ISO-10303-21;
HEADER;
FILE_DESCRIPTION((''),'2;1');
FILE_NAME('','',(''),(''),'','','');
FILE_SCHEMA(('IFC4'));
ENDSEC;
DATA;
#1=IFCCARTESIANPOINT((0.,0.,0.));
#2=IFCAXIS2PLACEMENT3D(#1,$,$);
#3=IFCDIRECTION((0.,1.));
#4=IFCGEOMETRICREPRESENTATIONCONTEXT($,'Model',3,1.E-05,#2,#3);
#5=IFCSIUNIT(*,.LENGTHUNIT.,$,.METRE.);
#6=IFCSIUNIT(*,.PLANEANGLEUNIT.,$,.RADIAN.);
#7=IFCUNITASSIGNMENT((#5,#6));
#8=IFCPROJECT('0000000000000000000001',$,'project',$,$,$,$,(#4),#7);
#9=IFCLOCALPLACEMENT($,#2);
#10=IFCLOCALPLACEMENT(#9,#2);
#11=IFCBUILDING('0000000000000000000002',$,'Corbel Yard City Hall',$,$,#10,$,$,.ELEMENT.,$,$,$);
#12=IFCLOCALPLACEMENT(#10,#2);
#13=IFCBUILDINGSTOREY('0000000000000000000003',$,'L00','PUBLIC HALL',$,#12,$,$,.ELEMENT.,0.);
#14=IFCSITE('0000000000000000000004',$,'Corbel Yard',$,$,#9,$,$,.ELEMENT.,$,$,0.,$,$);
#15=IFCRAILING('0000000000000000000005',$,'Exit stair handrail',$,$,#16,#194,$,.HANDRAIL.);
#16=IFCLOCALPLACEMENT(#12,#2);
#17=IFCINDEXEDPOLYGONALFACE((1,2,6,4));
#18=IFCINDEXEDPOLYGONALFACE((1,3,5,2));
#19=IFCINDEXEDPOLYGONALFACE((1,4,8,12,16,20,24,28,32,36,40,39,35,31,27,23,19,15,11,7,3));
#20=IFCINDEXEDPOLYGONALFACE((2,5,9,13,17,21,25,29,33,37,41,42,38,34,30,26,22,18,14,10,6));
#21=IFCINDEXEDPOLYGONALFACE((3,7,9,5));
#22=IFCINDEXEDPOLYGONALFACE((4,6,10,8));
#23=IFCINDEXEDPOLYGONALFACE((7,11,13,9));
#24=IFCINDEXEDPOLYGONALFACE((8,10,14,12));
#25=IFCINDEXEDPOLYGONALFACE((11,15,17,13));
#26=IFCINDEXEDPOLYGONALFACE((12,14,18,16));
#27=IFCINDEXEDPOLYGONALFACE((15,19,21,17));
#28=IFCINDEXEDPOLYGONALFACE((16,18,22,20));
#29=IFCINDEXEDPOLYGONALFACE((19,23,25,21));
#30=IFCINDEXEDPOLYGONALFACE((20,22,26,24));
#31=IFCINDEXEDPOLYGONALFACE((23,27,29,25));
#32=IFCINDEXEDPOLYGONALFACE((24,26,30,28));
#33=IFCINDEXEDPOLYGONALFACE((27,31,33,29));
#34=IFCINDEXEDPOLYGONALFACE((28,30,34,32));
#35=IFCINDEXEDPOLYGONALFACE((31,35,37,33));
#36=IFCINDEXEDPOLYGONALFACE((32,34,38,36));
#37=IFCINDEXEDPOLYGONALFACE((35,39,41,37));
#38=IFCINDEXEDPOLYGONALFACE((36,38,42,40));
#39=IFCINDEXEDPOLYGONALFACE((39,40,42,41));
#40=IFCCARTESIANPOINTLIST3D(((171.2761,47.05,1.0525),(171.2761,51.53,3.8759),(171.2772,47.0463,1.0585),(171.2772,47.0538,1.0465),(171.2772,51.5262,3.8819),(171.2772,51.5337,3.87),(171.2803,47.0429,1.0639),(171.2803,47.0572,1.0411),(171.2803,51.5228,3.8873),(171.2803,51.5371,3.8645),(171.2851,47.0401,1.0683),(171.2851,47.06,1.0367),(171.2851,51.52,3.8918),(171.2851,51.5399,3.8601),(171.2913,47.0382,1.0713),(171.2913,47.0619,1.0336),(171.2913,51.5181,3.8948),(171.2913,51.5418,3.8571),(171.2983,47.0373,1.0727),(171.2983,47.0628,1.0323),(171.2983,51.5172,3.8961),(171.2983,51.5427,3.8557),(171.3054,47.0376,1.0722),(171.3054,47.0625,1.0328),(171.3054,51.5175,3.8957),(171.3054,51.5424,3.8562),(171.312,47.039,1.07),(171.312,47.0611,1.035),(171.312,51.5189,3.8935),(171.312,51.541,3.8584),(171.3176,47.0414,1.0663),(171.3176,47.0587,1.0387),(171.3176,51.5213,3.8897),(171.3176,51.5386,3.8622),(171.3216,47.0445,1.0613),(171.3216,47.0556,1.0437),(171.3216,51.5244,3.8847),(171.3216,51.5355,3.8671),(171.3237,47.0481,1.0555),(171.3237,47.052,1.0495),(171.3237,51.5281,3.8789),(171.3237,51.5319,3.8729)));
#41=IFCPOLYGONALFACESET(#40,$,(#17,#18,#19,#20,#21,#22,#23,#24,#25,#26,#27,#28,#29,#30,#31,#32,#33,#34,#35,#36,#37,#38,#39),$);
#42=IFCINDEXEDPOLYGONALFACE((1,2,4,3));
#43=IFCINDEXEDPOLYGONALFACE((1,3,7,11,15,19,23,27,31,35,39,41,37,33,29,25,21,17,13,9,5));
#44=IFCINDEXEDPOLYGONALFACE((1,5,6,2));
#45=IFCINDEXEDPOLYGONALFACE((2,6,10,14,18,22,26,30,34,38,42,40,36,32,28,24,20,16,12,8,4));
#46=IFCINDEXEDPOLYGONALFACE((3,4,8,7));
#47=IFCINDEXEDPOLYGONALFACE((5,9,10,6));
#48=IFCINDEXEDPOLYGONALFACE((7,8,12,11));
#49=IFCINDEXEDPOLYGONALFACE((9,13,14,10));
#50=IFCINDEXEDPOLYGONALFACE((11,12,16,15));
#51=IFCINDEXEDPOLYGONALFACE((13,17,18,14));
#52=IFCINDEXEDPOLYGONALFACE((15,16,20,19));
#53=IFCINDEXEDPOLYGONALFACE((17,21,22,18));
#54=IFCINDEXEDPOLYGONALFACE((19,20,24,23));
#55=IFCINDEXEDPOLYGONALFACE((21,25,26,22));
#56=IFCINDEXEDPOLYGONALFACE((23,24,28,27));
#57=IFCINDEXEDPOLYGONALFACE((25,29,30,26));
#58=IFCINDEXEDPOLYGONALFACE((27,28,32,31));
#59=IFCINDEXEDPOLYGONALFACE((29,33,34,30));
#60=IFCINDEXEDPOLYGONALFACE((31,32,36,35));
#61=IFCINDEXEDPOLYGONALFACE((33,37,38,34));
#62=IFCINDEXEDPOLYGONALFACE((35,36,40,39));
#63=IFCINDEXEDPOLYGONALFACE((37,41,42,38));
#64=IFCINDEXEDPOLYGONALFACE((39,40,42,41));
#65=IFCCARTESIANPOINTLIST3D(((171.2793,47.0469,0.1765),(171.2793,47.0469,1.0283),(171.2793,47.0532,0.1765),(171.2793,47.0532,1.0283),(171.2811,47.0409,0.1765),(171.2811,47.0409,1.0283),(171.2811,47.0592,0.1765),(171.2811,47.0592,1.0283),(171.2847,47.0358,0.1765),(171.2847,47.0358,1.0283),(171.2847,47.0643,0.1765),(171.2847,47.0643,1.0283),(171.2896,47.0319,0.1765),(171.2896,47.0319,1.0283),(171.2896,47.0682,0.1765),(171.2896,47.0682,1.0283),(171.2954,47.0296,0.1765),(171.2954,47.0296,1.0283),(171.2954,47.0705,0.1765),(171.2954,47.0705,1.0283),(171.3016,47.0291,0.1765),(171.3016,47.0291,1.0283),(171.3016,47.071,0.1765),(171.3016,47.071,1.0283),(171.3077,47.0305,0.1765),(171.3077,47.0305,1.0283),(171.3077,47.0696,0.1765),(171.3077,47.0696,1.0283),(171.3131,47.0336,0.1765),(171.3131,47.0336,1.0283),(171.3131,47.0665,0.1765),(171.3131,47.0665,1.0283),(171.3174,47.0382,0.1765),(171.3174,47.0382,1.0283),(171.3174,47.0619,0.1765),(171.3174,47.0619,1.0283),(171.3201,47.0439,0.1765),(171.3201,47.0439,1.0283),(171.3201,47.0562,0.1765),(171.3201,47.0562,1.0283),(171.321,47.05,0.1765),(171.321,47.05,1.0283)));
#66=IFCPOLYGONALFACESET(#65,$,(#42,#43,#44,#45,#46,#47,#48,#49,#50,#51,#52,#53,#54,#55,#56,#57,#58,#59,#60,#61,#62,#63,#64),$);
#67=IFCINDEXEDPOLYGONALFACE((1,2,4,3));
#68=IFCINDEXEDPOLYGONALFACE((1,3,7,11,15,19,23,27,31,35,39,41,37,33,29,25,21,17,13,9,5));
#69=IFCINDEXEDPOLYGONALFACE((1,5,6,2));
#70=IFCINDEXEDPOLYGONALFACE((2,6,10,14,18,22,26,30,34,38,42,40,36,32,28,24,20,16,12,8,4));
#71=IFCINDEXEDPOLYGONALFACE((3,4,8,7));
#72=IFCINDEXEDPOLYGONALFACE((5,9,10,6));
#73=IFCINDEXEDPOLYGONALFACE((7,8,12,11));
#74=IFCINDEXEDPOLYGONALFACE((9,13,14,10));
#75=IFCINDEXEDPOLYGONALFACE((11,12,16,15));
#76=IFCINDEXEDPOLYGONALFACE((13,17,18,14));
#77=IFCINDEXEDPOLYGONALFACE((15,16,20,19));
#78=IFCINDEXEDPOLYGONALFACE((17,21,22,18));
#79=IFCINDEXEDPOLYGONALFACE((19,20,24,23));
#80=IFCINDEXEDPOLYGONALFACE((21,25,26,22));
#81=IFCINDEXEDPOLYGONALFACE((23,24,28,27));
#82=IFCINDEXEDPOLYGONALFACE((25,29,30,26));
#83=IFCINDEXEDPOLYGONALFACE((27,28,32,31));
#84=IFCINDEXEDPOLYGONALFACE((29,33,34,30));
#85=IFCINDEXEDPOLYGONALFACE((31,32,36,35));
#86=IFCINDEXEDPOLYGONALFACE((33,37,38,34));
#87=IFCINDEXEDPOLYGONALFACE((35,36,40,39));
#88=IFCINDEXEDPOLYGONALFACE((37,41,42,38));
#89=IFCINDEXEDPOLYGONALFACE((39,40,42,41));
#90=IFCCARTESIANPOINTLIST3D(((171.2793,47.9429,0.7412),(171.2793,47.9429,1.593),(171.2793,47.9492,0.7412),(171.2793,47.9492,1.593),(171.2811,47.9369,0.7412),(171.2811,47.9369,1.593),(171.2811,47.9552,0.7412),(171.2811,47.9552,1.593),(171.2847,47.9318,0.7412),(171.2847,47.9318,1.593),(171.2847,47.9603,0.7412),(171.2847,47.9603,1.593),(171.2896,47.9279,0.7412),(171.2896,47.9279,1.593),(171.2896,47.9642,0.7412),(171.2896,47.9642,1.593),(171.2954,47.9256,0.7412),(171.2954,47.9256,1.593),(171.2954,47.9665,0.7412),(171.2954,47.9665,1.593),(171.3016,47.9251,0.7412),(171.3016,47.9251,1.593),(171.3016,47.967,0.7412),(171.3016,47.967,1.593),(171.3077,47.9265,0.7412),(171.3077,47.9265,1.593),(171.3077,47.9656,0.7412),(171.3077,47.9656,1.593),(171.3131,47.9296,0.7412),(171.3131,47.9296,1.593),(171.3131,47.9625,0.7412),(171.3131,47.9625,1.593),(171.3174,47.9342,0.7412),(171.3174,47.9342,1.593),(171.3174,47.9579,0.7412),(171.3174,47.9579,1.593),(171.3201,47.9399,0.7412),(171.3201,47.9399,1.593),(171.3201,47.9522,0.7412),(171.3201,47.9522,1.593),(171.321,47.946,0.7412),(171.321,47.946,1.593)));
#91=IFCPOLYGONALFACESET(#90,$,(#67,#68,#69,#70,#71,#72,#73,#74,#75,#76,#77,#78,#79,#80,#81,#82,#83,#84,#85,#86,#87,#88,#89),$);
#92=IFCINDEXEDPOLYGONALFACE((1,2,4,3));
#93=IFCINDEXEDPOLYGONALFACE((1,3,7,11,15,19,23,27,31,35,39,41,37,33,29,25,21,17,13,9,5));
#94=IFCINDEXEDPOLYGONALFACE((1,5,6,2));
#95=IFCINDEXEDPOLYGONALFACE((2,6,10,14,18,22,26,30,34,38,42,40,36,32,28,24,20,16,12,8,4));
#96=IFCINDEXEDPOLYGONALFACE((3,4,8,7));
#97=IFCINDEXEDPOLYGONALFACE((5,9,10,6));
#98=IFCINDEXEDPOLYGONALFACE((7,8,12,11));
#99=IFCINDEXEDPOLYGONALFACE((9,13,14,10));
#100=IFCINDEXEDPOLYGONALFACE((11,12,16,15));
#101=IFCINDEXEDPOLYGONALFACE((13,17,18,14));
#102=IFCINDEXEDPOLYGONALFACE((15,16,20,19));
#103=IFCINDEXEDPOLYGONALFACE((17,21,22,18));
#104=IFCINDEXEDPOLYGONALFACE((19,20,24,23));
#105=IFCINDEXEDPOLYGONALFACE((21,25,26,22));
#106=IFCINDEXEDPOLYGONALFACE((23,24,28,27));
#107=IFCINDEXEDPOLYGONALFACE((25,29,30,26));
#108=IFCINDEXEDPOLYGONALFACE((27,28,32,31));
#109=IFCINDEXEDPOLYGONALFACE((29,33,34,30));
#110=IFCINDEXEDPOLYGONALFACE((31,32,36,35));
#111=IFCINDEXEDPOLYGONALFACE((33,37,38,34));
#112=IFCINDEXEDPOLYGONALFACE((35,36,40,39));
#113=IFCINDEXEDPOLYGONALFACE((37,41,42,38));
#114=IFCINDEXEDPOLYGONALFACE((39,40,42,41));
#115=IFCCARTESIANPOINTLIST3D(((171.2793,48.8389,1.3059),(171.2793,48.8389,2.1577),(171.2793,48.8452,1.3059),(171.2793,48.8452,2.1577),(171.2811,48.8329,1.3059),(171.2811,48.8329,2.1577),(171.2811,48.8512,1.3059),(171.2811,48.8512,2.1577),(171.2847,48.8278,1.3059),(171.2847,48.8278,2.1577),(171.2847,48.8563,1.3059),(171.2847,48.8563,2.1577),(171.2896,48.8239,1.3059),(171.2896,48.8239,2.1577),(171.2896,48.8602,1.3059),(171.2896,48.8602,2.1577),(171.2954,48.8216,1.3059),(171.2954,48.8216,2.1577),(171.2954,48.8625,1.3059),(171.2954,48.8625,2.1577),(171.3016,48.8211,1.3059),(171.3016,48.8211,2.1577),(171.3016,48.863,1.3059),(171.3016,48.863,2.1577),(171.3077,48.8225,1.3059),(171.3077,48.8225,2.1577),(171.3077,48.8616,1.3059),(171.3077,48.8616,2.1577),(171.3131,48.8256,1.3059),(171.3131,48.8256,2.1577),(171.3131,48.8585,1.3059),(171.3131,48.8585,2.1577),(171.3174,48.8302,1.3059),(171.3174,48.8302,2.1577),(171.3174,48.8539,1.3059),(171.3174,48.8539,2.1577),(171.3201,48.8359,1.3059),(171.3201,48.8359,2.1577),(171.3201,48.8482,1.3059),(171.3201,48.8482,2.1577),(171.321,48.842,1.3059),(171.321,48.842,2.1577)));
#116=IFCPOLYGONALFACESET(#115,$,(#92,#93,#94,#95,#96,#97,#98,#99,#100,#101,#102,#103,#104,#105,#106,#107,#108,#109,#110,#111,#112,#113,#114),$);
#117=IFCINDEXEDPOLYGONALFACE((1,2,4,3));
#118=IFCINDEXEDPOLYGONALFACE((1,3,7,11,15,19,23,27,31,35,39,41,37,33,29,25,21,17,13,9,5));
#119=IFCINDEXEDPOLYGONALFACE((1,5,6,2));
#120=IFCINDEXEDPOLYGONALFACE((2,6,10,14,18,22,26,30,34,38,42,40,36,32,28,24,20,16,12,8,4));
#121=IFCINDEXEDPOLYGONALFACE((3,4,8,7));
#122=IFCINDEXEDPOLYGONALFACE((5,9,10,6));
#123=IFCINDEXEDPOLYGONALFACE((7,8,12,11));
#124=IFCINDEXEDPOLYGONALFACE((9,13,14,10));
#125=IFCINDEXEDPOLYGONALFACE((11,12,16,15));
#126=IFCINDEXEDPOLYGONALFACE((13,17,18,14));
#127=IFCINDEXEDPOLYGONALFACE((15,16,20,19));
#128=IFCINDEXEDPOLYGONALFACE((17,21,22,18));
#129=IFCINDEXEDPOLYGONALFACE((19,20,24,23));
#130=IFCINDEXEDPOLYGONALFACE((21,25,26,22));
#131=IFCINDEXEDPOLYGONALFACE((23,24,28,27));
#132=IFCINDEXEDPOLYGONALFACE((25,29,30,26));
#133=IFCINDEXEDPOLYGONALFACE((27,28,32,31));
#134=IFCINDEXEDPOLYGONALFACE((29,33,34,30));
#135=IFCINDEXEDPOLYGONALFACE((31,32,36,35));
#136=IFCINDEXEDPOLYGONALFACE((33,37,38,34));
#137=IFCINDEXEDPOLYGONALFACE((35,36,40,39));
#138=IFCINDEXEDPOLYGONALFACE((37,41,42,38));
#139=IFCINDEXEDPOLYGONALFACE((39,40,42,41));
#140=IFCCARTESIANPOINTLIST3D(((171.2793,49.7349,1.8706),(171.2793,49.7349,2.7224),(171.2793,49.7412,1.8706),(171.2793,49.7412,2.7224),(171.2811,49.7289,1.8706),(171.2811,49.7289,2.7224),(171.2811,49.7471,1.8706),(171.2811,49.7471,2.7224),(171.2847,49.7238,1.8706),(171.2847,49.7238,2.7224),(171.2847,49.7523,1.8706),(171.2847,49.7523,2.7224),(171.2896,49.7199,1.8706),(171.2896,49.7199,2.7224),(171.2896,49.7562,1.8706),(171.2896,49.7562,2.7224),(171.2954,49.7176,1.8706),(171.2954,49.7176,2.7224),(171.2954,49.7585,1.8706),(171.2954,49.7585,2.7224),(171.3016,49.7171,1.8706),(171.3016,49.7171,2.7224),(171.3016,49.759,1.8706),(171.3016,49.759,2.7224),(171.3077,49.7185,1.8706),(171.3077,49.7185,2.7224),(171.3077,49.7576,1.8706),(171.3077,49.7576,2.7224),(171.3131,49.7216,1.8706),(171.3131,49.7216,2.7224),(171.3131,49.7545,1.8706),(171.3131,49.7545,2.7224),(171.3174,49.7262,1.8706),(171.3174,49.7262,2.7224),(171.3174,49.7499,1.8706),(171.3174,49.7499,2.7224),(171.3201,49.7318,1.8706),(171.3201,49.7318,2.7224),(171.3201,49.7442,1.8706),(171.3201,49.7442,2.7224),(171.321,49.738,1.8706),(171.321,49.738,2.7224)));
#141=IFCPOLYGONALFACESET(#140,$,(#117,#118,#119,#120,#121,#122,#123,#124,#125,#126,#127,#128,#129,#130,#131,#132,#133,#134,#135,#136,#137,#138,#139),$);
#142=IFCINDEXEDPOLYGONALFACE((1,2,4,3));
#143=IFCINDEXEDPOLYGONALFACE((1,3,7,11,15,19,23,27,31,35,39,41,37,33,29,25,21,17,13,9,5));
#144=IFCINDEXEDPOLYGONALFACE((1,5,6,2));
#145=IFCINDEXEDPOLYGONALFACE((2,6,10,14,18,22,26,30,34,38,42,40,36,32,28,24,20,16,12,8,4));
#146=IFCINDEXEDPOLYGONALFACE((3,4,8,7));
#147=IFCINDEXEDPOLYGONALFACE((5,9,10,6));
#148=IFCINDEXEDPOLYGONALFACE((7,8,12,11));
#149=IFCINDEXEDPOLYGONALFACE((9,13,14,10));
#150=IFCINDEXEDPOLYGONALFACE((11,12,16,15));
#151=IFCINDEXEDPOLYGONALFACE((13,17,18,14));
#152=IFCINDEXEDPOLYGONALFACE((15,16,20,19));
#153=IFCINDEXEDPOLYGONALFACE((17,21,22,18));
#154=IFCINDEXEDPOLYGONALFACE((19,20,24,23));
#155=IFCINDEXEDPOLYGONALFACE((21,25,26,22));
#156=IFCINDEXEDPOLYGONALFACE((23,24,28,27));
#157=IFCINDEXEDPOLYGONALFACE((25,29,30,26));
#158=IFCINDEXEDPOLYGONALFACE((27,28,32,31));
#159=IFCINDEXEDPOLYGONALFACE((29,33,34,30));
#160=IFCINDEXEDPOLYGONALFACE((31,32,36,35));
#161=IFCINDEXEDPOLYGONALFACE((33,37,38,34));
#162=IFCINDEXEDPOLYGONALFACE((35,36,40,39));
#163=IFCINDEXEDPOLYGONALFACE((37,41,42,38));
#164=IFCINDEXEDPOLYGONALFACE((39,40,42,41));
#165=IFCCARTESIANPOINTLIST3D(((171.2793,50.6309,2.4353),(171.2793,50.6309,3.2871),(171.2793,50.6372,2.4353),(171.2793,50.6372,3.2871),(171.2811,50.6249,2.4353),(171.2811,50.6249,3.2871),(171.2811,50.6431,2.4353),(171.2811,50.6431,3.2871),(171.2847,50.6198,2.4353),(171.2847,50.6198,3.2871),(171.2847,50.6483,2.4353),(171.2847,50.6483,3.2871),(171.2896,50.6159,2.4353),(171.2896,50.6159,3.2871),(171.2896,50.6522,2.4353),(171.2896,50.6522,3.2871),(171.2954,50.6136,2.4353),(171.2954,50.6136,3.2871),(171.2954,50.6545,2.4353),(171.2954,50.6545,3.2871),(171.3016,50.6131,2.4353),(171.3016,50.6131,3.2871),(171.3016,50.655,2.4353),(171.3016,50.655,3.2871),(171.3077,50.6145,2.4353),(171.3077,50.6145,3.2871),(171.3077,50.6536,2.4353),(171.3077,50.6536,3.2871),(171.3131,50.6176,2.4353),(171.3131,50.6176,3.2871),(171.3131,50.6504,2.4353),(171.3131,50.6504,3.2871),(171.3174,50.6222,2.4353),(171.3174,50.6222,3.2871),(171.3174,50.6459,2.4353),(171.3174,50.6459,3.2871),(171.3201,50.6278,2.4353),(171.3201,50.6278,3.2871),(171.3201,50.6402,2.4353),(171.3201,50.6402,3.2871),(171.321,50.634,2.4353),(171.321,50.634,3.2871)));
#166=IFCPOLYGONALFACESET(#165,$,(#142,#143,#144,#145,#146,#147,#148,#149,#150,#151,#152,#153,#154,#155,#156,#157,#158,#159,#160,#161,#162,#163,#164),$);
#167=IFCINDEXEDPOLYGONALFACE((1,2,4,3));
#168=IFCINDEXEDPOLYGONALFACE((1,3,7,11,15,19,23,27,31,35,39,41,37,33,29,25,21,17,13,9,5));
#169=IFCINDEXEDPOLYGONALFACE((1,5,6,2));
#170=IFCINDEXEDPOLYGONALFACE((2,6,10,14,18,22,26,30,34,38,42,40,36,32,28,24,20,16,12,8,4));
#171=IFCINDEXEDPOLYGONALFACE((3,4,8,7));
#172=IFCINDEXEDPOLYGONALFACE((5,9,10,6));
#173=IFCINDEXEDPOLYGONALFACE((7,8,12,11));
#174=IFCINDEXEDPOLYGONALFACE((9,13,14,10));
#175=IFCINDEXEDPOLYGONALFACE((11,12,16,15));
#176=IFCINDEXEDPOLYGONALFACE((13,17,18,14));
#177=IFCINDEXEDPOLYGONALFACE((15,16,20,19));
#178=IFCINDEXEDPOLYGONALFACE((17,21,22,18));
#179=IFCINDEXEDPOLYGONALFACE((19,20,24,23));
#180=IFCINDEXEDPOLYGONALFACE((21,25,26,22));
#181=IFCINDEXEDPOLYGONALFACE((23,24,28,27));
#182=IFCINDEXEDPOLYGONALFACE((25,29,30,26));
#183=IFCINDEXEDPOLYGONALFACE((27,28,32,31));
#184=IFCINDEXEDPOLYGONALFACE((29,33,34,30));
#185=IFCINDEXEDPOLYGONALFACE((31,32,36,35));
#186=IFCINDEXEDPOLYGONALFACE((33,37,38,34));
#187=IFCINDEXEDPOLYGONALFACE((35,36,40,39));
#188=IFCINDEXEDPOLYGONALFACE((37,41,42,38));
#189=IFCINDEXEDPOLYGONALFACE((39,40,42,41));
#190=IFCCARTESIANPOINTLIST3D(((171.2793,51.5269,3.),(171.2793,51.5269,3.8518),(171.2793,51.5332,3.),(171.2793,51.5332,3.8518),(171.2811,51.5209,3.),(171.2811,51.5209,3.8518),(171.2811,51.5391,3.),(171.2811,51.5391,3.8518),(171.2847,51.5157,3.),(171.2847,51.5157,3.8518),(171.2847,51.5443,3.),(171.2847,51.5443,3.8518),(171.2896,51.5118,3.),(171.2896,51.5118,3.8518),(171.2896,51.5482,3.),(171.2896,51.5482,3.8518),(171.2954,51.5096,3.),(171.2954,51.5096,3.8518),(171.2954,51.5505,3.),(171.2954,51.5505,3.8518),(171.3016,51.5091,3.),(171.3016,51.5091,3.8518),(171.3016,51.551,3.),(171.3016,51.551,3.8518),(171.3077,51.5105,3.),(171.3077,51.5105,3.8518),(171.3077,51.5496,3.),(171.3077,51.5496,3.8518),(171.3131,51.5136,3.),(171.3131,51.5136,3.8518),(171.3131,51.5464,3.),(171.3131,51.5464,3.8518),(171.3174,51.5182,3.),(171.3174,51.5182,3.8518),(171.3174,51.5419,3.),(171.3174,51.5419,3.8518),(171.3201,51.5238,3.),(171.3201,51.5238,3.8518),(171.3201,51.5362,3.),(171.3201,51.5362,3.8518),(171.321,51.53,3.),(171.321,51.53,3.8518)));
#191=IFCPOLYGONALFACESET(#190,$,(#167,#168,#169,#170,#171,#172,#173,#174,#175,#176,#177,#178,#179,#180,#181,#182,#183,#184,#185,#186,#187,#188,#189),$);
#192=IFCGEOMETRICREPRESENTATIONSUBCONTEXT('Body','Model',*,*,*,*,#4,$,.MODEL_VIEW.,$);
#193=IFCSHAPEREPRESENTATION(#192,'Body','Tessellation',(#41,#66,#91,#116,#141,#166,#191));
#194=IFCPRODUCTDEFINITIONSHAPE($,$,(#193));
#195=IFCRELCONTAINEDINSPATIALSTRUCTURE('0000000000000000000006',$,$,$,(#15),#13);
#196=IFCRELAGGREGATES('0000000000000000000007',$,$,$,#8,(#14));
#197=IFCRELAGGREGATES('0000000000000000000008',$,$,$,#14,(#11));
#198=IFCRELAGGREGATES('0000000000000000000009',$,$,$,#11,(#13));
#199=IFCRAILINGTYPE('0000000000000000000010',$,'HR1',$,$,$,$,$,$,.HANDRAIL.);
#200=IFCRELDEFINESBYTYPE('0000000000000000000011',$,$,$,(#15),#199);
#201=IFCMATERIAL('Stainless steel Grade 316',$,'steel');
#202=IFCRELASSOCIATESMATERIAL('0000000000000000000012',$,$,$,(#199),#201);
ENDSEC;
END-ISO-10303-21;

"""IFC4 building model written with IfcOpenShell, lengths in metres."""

from ifc_helpers import new_model, si_unit, direction, frame, origin, origin_2d, place, context, subcontext, project, spatial, circle, extrude, material, type_object, element, save


model = new_model("IFC4")

# Units and contexts
model_context = context("Model", 3, precision=1e-05, world=origin(), true_north=direction((0.0, 1.0)))
body_context = subcontext(model_context, "Body", "Model", "MODEL_VIEW")
ifc_project = project(units=[si_unit("LENGTHUNIT", "METRE"), si_unit("PLANEANGLEUNIT", "RADIAN")], contexts=[model_context])

# Site, building, storey
site_placement = place(None, origin())
site = spatial("IfcSite", under=ifc_project, at=site_placement, Name="Corbel Yard", CompositionType="ELEMENT", RefElevation=0.0)
building_placement = place(site_placement, origin())
building = spatial("IfcBuilding", under=site, at=building_placement, Name="Corbel Yard City Hall", CompositionType="ELEMENT")
storey_placement = place(building_placement, origin())
storey = spatial("IfcBuildingStorey", under=building, at=storey_placement, Name="L00", Description="PUBLIC HALL", CompositionType="ELEMENT", Elevation=0.0)

# Railing
ifc_material_1 = material(Name="Stainless steel Grade 316", Category="steel")
railing_type = type_object("IfcRailingType", Name="HR1", PredefinedType="HANDRAIL", material=ifc_material_1)
railing_placement = place(storey_placement, frame((171.3, 47.05, 0.1765)))
element("IfcRailing", 1, at=railing_placement, inside=storey, type_object=railing_type, Name="Exit stair handrail", PredefinedType="HANDRAIL", context=body_context, shape_type="SweptSolid", body=[
    extrude(circle(Radius=0.0239, at=origin_2d()), frame((0.0, 0.0, 0.876), z_axis=(0.0, 0.845998, 0.533186), x_axis=(-1.0, 0.0, 0.0)), (0.0, 0.0, 1.0), 5.2954),
    extrude(circle(Radius=0.021, at=origin_2d()), origin(), (0.0, 0.0, 1.0), 0.8518),
    extrude(circle(Radius=0.021, at=origin_2d()), frame((0.0, 0.896, 0.5647)), (0.0, 0.0, 1.0), 0.8518),
    extrude(circle(Radius=0.021, at=origin_2d()), frame((0.0, 1.792, 1.1294)), (0.0, 0.0, 1.0), 0.8518),
    extrude(circle(Radius=0.021, at=origin_2d()), frame((0.0, 2.688, 1.6941)), (0.0, 0.0, 1.0), 0.8518),
    extrude(circle(Radius=0.021, at=origin_2d()), frame((0.0, 3.584, 2.2588)), (0.0, 0.0, 1.0), 0.8518),
    extrude(circle(Radius=0.021, at=origin_2d()), frame((0.0, 4.48, 2.8235)), (0.0, 0.0, 1.0), 0.8518),
])

save(model, "model.ifc")
